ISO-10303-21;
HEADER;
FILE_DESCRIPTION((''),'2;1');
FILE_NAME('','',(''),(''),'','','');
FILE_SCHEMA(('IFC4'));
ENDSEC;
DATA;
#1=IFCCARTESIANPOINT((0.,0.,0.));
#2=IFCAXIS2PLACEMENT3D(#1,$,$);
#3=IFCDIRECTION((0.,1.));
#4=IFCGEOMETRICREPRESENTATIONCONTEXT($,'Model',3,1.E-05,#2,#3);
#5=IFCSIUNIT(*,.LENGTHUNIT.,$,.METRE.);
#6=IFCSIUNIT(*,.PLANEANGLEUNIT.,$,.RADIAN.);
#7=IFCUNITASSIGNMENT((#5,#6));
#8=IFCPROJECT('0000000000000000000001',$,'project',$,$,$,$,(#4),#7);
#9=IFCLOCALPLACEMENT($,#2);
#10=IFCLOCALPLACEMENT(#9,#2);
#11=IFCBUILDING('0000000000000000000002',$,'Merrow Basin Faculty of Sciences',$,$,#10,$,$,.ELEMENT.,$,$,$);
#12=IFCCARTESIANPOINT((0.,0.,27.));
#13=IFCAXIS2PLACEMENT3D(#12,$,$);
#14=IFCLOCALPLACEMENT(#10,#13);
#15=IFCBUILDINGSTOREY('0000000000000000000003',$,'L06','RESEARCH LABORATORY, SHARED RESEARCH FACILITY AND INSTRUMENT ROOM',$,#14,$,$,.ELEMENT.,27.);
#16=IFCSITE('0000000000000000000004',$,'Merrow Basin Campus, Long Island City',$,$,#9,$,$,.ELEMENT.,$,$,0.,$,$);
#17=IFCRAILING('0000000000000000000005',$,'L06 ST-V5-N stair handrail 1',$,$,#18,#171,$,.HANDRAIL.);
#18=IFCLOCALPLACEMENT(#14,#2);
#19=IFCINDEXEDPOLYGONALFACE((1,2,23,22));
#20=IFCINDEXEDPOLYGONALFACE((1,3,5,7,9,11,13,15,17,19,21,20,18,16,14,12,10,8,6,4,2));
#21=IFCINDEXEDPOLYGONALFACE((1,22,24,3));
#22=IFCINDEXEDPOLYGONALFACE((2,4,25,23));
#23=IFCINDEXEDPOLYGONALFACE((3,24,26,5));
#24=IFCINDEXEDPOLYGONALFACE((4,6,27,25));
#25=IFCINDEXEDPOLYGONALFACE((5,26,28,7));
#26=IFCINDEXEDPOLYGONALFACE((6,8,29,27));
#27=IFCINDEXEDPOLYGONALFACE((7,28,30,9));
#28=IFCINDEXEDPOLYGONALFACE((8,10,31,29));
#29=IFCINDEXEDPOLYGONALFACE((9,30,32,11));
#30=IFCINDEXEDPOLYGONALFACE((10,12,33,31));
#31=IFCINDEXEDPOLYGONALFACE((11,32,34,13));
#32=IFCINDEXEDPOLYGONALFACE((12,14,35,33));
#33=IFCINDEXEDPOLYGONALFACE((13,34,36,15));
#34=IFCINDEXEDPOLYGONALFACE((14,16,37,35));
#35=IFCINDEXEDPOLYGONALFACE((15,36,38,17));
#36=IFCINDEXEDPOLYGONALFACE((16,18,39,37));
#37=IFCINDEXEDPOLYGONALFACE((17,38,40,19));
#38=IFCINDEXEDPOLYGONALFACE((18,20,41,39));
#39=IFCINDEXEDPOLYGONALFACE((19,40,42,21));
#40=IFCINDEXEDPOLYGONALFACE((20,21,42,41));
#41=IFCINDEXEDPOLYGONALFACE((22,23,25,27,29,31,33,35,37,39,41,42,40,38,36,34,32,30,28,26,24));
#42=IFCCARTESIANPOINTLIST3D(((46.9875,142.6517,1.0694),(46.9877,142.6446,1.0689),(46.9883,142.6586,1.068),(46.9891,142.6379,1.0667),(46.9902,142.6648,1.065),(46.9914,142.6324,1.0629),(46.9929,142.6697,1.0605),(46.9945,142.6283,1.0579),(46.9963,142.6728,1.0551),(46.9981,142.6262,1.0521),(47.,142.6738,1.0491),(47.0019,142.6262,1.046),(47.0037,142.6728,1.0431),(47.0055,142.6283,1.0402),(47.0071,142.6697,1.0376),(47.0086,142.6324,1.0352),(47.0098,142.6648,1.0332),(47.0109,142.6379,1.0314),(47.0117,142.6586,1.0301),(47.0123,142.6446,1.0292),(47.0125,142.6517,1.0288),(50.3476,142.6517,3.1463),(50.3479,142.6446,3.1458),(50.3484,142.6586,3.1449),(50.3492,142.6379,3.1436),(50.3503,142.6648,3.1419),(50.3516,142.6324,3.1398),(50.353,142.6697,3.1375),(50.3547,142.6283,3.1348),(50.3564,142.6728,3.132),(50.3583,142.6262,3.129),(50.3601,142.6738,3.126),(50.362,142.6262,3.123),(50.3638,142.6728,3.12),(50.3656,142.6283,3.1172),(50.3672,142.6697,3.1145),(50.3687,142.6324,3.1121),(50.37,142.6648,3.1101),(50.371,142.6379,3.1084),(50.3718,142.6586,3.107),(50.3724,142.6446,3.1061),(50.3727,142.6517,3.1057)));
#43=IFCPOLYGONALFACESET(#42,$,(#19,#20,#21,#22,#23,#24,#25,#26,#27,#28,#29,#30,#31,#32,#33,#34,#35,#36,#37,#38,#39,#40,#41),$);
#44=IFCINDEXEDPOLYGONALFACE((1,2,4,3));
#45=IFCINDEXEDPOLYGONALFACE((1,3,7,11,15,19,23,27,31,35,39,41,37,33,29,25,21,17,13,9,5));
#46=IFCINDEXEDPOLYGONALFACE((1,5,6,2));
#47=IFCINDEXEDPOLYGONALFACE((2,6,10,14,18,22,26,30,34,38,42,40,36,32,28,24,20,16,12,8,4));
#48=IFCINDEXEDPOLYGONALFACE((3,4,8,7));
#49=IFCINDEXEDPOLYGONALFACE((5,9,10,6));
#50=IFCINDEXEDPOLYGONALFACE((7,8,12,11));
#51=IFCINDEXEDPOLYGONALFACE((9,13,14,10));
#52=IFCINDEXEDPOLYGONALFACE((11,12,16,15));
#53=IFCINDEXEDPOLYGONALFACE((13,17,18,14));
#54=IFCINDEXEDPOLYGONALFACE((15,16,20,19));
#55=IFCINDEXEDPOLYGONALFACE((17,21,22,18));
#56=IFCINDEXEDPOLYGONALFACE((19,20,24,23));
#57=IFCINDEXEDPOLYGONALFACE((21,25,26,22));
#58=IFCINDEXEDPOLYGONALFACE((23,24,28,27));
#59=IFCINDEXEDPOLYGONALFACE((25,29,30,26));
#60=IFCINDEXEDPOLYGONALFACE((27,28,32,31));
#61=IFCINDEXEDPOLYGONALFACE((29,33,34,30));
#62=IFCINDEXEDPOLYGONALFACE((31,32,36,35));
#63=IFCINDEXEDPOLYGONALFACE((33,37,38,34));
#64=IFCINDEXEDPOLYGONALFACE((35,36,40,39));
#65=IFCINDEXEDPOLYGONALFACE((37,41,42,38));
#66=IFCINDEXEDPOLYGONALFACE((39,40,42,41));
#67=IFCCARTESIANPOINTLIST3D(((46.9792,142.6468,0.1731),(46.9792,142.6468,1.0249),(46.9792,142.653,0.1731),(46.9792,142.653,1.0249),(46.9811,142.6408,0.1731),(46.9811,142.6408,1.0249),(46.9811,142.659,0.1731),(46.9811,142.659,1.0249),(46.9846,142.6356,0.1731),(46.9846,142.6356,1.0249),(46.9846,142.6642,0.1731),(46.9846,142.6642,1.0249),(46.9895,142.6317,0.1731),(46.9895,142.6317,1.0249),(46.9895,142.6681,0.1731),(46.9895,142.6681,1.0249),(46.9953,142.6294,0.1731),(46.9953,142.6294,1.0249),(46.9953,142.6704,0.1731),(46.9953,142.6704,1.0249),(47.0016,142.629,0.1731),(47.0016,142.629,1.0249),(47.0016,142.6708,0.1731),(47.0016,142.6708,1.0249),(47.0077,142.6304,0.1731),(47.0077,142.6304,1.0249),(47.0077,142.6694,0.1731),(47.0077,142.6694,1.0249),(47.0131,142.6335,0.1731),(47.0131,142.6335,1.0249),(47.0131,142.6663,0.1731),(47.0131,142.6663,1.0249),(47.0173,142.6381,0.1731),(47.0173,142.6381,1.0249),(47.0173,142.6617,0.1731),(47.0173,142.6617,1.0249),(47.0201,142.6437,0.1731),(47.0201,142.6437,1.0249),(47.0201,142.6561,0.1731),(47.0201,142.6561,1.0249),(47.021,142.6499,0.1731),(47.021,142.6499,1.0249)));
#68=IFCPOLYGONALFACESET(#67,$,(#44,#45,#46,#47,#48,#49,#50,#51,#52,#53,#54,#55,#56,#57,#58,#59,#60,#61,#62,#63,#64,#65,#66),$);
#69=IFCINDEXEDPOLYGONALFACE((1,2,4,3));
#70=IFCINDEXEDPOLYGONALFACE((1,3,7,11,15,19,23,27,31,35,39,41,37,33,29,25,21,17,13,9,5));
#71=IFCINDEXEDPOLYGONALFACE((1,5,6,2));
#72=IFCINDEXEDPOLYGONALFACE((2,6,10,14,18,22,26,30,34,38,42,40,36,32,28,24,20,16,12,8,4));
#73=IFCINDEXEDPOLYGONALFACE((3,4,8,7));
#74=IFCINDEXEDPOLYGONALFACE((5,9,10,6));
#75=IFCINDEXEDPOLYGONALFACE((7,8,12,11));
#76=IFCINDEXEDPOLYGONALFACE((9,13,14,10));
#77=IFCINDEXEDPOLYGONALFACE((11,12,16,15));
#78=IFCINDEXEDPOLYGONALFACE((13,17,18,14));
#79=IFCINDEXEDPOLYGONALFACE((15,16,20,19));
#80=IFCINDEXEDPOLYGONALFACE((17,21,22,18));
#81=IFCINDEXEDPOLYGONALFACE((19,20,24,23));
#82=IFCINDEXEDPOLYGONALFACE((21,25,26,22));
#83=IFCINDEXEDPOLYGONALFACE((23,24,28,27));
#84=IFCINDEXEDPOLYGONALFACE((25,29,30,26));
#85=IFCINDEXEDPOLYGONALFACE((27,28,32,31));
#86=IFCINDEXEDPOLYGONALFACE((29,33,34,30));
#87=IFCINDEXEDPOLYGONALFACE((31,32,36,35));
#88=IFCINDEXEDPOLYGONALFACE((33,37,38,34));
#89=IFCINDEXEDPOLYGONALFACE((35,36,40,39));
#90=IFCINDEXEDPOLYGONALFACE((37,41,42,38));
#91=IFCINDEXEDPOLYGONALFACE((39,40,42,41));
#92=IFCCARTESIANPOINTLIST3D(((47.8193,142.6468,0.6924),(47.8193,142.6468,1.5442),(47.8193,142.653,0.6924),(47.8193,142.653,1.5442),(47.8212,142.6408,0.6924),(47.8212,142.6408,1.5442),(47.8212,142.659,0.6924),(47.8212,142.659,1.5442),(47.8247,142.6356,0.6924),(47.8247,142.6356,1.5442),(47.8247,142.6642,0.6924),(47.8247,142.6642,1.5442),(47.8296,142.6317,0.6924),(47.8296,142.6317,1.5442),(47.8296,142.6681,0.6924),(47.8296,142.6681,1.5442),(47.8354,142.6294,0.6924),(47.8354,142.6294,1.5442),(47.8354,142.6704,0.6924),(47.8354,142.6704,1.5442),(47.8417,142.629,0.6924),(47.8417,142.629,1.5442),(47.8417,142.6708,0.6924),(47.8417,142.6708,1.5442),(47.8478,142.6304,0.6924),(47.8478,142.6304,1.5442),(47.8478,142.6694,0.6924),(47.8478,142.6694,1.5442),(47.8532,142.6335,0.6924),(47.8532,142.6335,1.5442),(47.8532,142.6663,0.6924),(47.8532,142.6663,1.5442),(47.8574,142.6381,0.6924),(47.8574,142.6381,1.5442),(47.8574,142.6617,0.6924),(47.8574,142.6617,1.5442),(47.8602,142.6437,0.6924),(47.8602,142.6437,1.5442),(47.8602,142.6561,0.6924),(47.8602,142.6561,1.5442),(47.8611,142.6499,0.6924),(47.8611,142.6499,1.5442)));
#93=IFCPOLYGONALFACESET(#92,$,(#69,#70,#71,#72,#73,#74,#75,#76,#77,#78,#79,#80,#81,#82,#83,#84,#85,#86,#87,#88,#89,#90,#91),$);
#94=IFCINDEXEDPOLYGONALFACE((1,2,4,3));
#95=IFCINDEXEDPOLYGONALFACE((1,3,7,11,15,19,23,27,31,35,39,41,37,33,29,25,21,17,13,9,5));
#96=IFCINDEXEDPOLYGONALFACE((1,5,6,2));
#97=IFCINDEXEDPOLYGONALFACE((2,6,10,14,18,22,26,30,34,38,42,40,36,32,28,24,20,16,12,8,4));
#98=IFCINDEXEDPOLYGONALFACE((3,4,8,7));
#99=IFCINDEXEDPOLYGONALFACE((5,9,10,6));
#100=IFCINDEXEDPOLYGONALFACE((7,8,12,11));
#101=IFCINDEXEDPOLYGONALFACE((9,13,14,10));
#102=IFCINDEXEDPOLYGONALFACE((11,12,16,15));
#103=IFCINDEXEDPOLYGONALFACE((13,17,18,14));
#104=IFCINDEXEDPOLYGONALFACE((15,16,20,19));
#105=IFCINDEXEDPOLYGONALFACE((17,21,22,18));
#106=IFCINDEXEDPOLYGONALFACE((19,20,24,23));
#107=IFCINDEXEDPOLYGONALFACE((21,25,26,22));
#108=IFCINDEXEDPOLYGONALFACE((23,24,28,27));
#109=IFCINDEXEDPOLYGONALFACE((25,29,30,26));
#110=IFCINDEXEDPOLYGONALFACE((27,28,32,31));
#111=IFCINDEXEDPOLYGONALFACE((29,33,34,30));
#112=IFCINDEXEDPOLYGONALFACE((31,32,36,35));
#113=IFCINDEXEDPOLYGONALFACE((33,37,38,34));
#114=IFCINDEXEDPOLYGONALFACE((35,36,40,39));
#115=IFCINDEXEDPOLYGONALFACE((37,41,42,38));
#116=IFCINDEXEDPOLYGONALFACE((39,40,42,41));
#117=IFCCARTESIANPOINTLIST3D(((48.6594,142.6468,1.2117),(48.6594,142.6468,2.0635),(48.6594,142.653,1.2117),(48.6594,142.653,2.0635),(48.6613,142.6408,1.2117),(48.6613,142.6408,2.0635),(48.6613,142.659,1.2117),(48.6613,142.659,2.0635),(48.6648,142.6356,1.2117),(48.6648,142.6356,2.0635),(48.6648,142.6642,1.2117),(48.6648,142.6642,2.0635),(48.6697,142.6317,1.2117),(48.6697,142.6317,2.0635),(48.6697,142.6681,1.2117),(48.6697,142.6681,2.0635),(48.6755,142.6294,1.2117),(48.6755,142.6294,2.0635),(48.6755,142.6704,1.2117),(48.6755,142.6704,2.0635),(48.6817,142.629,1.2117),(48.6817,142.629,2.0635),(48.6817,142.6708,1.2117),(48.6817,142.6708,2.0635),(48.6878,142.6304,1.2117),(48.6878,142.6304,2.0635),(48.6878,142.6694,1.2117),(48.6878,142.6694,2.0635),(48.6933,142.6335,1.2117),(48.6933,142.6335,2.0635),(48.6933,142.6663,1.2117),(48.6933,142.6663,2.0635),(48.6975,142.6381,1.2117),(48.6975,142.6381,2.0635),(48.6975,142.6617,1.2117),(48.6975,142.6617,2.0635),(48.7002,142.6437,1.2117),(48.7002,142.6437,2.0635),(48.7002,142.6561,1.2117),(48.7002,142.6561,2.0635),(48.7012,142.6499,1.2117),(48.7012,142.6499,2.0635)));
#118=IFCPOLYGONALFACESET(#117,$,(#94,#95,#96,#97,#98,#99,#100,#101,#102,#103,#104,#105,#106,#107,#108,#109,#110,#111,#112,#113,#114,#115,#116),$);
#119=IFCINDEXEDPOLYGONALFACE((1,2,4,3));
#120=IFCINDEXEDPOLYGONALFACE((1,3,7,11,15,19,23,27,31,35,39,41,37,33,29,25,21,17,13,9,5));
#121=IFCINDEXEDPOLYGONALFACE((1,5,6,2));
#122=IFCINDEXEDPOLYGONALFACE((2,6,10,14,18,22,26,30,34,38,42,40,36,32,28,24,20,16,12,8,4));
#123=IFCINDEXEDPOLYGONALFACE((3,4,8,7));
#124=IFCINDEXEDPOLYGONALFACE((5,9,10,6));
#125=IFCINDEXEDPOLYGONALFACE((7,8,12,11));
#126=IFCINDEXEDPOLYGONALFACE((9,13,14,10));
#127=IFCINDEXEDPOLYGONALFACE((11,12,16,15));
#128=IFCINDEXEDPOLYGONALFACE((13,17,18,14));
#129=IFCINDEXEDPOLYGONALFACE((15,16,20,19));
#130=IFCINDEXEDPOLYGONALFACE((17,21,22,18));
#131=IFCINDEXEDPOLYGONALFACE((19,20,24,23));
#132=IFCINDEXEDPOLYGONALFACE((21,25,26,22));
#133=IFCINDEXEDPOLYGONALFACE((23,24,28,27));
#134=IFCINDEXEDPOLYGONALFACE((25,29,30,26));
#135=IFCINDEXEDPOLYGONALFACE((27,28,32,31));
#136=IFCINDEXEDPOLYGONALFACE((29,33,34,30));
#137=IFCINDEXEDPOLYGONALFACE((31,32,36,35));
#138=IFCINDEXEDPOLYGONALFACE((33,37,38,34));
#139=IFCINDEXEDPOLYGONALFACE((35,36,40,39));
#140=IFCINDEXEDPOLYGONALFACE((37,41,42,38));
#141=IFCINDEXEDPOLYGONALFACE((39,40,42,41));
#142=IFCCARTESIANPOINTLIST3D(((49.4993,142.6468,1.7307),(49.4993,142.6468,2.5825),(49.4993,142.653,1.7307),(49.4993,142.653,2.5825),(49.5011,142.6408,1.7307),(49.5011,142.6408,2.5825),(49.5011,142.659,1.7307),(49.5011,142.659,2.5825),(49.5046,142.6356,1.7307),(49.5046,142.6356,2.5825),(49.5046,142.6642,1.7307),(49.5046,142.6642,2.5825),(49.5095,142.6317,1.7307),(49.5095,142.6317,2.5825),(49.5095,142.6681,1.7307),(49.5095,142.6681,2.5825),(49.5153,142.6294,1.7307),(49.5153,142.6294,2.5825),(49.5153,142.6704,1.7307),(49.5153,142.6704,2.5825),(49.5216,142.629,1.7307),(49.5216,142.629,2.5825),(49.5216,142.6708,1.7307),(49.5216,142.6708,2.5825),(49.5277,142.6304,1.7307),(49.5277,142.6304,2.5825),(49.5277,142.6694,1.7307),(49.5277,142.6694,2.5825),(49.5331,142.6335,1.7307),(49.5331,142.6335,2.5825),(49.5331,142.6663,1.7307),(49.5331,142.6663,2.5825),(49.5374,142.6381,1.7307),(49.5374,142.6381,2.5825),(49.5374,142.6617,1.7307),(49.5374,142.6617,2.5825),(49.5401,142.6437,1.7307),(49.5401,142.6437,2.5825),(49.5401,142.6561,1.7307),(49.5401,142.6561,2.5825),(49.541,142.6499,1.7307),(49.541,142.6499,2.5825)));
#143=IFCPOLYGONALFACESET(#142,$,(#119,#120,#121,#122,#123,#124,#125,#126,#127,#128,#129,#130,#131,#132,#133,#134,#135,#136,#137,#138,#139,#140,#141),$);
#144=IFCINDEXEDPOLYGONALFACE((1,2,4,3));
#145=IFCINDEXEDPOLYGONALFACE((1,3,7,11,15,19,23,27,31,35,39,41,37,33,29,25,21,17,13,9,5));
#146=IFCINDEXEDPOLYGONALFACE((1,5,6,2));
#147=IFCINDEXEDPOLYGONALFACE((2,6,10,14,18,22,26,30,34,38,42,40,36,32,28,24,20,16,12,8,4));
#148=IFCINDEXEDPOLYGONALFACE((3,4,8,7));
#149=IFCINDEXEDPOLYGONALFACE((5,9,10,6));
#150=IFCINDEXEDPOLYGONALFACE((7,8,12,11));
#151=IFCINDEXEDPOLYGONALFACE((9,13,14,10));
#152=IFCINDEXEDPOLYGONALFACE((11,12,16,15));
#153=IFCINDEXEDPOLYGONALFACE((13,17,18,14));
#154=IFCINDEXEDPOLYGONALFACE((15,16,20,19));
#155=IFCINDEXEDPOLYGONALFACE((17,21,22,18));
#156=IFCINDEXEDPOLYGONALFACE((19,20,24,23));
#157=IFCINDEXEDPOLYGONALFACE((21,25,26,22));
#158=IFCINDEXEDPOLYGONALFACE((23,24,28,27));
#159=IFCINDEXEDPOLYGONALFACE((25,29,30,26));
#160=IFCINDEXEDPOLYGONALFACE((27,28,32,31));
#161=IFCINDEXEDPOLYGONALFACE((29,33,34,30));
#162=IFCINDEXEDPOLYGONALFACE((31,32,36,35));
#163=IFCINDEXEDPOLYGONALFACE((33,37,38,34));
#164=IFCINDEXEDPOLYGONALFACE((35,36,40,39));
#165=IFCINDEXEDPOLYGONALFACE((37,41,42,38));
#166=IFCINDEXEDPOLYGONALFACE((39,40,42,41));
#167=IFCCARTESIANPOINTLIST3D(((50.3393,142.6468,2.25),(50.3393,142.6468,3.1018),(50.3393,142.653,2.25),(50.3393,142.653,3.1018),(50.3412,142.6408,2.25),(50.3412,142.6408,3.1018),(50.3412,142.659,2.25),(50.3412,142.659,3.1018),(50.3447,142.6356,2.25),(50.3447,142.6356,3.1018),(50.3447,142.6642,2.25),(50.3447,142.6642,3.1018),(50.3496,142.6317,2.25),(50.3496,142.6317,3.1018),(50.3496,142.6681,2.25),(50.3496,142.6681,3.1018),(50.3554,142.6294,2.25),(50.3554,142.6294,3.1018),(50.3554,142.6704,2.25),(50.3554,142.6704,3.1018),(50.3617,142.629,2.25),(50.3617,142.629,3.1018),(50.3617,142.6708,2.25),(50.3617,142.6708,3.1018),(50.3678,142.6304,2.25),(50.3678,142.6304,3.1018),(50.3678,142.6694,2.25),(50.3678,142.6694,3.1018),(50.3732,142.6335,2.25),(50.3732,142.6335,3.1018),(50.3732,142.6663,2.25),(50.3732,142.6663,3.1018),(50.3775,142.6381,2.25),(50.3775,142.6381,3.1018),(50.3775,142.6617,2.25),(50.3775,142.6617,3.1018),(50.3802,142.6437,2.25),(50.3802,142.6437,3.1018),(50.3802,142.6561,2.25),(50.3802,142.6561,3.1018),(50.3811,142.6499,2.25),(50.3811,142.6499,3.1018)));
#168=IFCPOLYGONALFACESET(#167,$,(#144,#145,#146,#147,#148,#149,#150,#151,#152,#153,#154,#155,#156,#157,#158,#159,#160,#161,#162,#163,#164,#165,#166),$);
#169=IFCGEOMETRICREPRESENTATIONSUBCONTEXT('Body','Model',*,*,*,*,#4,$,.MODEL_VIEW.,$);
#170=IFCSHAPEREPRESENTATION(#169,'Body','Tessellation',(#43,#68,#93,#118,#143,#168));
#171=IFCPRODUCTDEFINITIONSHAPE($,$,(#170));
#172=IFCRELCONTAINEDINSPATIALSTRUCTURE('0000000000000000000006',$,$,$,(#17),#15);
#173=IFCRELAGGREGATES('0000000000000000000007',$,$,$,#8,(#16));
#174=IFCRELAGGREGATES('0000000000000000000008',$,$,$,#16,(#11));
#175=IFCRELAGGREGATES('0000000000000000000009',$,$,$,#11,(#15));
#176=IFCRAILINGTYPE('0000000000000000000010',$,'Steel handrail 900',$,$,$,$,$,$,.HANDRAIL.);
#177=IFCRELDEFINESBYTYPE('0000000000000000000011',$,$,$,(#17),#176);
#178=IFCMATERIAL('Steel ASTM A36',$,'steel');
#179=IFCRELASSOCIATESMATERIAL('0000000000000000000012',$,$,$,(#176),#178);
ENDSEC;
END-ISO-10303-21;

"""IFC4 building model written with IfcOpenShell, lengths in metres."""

from ifc_helpers import new_model, si_unit, direction, frame, origin, origin_2d, place, context, subcontext, project, spatial, circle, extrude, material, type_object, element, save


model = new_model("IFC4")

# Units and contexts
model_context = context("Model", 3, precision=1e-05, world=origin(), true_north=direction((0.0, 1.0)))
body_context = subcontext(model_context, "Body", "Model", "MODEL_VIEW")
ifc_project = project(units=[si_unit("LENGTHUNIT", "METRE"), si_unit("PLANEANGLEUNIT", "RADIAN")], contexts=[model_context])

# Site, building, storey
site_placement = place(None, origin())
site = spatial("IfcSite", under=ifc_project, at=site_placement, Name="Merrow Basin Campus, Long Island City", CompositionType="ELEMENT", RefElevation=0.0)
building_placement = place(site_placement, origin())
building = spatial("IfcBuilding", under=site, at=building_placement, Name="Merrow Basin Faculty of Sciences", CompositionType="ELEMENT")
storey_placement = place(building_placement, frame((0.0, 0.0, 27.0)))
storey = spatial("IfcBuildingStorey", under=building, at=storey_placement, Name="L06", Description="RESEARCH LABORATORY, SHARED RESEARCH FACILITY AND INSTRUMENT ROOM", CompositionType="ELEMENT", Elevation=27.0)

# Railing
ifc_material_1 = material(Name="Steel ASTM A36", Category="steel")
railing_type_1 = type_object("IfcRailingType", Name="Steel handrail 900", PredefinedType="HANDRAIL", material=ifc_material_1)
railing_1_placement = place(storey_placement, frame((47.0, 142.6499, 0.1731)))
element("IfcRailing", 1, at=railing_1_placement, inside=storey, type_object=railing_type_1, Name="L06 ST-V5-N stair handrail 1", PredefinedType="HANDRAIL", context=body_context, shape_type="SweptSolid", body=[
    extrude(circle(Radius=0.0239, at=origin_2d()), frame((0.0, 0.0, 0.876), z_axis=(0.850623, 0.0, 0.525776), x_axis=(0.0, 1.0, 0.0)), (0.0, 0.0, 1.0), 3.9502),
    extrude(circle(Radius=0.021, at=origin_2d()), origin(), (0.0, 0.0, 1.0), 0.8518),
    extrude(circle(Radius=0.021, at=origin_2d()), frame((0.8401, 0.0, 0.5193)), (0.0, 0.0, 1.0), 0.8518),
    extrude(circle(Radius=0.021, at=origin_2d()), frame((1.6802, 0.0, 1.0386)), (0.0, 0.0, 1.0), 0.8518),
    extrude(circle(Radius=0.021, at=origin_2d()), frame((2.52, 0.0, 1.5576)), (0.0, 0.0, 1.0), 0.8518),
    extrude(circle(Radius=0.021, at=origin_2d()), frame((3.3601, 0.0, 2.0769)), (0.0, 0.0, 1.0), 0.8518),
])

save(model, "model.ifc")
